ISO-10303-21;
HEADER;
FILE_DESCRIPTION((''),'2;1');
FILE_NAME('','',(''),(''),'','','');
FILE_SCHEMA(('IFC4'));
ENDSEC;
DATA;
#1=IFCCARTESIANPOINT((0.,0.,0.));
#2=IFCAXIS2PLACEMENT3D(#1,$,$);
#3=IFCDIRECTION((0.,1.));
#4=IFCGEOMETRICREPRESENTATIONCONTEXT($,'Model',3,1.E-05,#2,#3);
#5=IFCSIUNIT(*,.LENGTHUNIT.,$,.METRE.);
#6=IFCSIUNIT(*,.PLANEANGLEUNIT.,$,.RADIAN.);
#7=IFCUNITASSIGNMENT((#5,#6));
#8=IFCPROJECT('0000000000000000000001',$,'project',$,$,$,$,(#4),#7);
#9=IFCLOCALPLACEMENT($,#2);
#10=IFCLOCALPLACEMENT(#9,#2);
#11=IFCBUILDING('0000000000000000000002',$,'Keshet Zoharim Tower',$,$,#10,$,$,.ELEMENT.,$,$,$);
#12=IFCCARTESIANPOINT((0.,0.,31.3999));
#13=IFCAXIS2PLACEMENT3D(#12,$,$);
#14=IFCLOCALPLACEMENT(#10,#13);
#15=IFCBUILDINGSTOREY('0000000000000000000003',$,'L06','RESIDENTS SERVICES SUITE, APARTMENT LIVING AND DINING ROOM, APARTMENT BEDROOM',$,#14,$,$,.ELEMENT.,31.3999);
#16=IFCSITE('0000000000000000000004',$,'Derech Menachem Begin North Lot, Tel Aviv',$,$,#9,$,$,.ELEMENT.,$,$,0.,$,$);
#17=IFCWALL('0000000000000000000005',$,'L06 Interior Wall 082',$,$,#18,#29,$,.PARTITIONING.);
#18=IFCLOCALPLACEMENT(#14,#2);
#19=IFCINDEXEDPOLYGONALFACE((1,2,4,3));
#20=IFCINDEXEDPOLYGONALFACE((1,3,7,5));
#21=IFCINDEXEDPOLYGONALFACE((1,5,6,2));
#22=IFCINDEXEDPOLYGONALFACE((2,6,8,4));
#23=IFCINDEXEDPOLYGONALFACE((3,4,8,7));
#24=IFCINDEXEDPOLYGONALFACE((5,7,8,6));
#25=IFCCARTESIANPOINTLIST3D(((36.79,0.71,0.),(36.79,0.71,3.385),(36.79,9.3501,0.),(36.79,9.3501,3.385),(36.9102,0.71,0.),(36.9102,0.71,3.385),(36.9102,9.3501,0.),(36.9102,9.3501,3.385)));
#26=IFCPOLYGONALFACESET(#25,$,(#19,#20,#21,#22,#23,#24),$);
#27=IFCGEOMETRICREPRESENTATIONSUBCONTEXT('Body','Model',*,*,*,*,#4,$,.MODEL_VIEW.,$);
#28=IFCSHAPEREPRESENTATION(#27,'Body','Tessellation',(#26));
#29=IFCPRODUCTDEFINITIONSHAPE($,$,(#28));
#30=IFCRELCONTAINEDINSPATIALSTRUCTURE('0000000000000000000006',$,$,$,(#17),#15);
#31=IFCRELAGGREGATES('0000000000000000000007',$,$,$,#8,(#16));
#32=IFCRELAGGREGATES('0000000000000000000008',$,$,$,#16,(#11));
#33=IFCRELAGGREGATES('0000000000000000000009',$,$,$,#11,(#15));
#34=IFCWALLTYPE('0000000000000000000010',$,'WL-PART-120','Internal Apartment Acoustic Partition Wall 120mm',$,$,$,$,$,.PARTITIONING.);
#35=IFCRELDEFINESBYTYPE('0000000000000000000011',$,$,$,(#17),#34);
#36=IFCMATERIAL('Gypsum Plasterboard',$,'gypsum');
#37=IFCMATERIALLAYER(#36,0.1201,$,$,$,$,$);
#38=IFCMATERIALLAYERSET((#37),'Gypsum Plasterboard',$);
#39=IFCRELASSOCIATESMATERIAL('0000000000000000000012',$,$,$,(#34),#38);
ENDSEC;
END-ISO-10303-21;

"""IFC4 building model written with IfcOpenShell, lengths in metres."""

from ifc_helpers import new_model, si_unit, direction, frame, frame_2d, origin, place, context, subcontext, project, spatial, rectangle, extrude, material, layer, layer_set, type_object, element, save


model = new_model("IFC4")

# Units and contexts
model_context = context("Model", 3, precision=1e-05, world=origin(), true_north=direction((0.0, 1.0)))
body_context = subcontext(model_context, "Body", "Model", "MODEL_VIEW")
ifc_project = project(units=[si_unit("LENGTHUNIT", "METRE"), si_unit("PLANEANGLEUNIT", "RADIAN")], contexts=[model_context])

# Site, building, storey
site_placement = place(None, origin())
site = spatial("IfcSite", under=ifc_project, at=site_placement, Name="Derech Menachem Begin North Lot, Tel Aviv", CompositionType="ELEMENT", RefElevation=0.0)
building_placement = place(site_placement, origin())
building = spatial("IfcBuilding", under=site, at=building_placement, Name="Keshet Zoharim Tower", CompositionType="ELEMENT")
storey_placement = place(building_placement, frame((0.0, 0.0, 31.3999)))
storey = spatial("IfcBuildingStorey", under=building, at=storey_placement, Name="L06", Description="RESIDENTS SERVICES SUITE, APARTMENT LIVING AND DINING ROOM, APARTMENT BEDROOM", CompositionType="ELEMENT", Elevation=31.3999)

# Wall
ifc_material_1 = material(Name="Gypsum Plasterboard", Category="gypsum")
ifc_layer_1 = layer(ifc_material_1, 0.1201)
ifc_layer_set_1 = layer_set([ifc_layer_1], Name="Gypsum Plasterboard")
wall_type = type_object("IfcWallType", Name="WL-PART-120", Description="Internal Apartment Acoustic Partition Wall 120mm", PredefinedType="PARTITIONING", material=ifc_layer_set_1)
for number, where, z_axis, x_axis, name in (
    (1, (36.8501, 0.71, 0.0), (0.0, 0.0, 1.0), (0.0, 1.0, 0.0), "L06 Interior Wall 082"),
):
    element("IfcWall", number, at=place(storey_placement, frame(where, z_axis=z_axis, x_axis=x_axis)), inside=storey, type_object=wall_type, Name=name, PredefinedType="PARTITIONING", context=body_context, shape_type="SweptSolid", body=[
        extrude(rectangle(XDim=8.6401, YDim=0.1201, at=frame_2d((4.3201, 0.0))), origin(), (0.0, 0.0, 1.0), 3.385),
    ])

save(model, "model.ifc")
